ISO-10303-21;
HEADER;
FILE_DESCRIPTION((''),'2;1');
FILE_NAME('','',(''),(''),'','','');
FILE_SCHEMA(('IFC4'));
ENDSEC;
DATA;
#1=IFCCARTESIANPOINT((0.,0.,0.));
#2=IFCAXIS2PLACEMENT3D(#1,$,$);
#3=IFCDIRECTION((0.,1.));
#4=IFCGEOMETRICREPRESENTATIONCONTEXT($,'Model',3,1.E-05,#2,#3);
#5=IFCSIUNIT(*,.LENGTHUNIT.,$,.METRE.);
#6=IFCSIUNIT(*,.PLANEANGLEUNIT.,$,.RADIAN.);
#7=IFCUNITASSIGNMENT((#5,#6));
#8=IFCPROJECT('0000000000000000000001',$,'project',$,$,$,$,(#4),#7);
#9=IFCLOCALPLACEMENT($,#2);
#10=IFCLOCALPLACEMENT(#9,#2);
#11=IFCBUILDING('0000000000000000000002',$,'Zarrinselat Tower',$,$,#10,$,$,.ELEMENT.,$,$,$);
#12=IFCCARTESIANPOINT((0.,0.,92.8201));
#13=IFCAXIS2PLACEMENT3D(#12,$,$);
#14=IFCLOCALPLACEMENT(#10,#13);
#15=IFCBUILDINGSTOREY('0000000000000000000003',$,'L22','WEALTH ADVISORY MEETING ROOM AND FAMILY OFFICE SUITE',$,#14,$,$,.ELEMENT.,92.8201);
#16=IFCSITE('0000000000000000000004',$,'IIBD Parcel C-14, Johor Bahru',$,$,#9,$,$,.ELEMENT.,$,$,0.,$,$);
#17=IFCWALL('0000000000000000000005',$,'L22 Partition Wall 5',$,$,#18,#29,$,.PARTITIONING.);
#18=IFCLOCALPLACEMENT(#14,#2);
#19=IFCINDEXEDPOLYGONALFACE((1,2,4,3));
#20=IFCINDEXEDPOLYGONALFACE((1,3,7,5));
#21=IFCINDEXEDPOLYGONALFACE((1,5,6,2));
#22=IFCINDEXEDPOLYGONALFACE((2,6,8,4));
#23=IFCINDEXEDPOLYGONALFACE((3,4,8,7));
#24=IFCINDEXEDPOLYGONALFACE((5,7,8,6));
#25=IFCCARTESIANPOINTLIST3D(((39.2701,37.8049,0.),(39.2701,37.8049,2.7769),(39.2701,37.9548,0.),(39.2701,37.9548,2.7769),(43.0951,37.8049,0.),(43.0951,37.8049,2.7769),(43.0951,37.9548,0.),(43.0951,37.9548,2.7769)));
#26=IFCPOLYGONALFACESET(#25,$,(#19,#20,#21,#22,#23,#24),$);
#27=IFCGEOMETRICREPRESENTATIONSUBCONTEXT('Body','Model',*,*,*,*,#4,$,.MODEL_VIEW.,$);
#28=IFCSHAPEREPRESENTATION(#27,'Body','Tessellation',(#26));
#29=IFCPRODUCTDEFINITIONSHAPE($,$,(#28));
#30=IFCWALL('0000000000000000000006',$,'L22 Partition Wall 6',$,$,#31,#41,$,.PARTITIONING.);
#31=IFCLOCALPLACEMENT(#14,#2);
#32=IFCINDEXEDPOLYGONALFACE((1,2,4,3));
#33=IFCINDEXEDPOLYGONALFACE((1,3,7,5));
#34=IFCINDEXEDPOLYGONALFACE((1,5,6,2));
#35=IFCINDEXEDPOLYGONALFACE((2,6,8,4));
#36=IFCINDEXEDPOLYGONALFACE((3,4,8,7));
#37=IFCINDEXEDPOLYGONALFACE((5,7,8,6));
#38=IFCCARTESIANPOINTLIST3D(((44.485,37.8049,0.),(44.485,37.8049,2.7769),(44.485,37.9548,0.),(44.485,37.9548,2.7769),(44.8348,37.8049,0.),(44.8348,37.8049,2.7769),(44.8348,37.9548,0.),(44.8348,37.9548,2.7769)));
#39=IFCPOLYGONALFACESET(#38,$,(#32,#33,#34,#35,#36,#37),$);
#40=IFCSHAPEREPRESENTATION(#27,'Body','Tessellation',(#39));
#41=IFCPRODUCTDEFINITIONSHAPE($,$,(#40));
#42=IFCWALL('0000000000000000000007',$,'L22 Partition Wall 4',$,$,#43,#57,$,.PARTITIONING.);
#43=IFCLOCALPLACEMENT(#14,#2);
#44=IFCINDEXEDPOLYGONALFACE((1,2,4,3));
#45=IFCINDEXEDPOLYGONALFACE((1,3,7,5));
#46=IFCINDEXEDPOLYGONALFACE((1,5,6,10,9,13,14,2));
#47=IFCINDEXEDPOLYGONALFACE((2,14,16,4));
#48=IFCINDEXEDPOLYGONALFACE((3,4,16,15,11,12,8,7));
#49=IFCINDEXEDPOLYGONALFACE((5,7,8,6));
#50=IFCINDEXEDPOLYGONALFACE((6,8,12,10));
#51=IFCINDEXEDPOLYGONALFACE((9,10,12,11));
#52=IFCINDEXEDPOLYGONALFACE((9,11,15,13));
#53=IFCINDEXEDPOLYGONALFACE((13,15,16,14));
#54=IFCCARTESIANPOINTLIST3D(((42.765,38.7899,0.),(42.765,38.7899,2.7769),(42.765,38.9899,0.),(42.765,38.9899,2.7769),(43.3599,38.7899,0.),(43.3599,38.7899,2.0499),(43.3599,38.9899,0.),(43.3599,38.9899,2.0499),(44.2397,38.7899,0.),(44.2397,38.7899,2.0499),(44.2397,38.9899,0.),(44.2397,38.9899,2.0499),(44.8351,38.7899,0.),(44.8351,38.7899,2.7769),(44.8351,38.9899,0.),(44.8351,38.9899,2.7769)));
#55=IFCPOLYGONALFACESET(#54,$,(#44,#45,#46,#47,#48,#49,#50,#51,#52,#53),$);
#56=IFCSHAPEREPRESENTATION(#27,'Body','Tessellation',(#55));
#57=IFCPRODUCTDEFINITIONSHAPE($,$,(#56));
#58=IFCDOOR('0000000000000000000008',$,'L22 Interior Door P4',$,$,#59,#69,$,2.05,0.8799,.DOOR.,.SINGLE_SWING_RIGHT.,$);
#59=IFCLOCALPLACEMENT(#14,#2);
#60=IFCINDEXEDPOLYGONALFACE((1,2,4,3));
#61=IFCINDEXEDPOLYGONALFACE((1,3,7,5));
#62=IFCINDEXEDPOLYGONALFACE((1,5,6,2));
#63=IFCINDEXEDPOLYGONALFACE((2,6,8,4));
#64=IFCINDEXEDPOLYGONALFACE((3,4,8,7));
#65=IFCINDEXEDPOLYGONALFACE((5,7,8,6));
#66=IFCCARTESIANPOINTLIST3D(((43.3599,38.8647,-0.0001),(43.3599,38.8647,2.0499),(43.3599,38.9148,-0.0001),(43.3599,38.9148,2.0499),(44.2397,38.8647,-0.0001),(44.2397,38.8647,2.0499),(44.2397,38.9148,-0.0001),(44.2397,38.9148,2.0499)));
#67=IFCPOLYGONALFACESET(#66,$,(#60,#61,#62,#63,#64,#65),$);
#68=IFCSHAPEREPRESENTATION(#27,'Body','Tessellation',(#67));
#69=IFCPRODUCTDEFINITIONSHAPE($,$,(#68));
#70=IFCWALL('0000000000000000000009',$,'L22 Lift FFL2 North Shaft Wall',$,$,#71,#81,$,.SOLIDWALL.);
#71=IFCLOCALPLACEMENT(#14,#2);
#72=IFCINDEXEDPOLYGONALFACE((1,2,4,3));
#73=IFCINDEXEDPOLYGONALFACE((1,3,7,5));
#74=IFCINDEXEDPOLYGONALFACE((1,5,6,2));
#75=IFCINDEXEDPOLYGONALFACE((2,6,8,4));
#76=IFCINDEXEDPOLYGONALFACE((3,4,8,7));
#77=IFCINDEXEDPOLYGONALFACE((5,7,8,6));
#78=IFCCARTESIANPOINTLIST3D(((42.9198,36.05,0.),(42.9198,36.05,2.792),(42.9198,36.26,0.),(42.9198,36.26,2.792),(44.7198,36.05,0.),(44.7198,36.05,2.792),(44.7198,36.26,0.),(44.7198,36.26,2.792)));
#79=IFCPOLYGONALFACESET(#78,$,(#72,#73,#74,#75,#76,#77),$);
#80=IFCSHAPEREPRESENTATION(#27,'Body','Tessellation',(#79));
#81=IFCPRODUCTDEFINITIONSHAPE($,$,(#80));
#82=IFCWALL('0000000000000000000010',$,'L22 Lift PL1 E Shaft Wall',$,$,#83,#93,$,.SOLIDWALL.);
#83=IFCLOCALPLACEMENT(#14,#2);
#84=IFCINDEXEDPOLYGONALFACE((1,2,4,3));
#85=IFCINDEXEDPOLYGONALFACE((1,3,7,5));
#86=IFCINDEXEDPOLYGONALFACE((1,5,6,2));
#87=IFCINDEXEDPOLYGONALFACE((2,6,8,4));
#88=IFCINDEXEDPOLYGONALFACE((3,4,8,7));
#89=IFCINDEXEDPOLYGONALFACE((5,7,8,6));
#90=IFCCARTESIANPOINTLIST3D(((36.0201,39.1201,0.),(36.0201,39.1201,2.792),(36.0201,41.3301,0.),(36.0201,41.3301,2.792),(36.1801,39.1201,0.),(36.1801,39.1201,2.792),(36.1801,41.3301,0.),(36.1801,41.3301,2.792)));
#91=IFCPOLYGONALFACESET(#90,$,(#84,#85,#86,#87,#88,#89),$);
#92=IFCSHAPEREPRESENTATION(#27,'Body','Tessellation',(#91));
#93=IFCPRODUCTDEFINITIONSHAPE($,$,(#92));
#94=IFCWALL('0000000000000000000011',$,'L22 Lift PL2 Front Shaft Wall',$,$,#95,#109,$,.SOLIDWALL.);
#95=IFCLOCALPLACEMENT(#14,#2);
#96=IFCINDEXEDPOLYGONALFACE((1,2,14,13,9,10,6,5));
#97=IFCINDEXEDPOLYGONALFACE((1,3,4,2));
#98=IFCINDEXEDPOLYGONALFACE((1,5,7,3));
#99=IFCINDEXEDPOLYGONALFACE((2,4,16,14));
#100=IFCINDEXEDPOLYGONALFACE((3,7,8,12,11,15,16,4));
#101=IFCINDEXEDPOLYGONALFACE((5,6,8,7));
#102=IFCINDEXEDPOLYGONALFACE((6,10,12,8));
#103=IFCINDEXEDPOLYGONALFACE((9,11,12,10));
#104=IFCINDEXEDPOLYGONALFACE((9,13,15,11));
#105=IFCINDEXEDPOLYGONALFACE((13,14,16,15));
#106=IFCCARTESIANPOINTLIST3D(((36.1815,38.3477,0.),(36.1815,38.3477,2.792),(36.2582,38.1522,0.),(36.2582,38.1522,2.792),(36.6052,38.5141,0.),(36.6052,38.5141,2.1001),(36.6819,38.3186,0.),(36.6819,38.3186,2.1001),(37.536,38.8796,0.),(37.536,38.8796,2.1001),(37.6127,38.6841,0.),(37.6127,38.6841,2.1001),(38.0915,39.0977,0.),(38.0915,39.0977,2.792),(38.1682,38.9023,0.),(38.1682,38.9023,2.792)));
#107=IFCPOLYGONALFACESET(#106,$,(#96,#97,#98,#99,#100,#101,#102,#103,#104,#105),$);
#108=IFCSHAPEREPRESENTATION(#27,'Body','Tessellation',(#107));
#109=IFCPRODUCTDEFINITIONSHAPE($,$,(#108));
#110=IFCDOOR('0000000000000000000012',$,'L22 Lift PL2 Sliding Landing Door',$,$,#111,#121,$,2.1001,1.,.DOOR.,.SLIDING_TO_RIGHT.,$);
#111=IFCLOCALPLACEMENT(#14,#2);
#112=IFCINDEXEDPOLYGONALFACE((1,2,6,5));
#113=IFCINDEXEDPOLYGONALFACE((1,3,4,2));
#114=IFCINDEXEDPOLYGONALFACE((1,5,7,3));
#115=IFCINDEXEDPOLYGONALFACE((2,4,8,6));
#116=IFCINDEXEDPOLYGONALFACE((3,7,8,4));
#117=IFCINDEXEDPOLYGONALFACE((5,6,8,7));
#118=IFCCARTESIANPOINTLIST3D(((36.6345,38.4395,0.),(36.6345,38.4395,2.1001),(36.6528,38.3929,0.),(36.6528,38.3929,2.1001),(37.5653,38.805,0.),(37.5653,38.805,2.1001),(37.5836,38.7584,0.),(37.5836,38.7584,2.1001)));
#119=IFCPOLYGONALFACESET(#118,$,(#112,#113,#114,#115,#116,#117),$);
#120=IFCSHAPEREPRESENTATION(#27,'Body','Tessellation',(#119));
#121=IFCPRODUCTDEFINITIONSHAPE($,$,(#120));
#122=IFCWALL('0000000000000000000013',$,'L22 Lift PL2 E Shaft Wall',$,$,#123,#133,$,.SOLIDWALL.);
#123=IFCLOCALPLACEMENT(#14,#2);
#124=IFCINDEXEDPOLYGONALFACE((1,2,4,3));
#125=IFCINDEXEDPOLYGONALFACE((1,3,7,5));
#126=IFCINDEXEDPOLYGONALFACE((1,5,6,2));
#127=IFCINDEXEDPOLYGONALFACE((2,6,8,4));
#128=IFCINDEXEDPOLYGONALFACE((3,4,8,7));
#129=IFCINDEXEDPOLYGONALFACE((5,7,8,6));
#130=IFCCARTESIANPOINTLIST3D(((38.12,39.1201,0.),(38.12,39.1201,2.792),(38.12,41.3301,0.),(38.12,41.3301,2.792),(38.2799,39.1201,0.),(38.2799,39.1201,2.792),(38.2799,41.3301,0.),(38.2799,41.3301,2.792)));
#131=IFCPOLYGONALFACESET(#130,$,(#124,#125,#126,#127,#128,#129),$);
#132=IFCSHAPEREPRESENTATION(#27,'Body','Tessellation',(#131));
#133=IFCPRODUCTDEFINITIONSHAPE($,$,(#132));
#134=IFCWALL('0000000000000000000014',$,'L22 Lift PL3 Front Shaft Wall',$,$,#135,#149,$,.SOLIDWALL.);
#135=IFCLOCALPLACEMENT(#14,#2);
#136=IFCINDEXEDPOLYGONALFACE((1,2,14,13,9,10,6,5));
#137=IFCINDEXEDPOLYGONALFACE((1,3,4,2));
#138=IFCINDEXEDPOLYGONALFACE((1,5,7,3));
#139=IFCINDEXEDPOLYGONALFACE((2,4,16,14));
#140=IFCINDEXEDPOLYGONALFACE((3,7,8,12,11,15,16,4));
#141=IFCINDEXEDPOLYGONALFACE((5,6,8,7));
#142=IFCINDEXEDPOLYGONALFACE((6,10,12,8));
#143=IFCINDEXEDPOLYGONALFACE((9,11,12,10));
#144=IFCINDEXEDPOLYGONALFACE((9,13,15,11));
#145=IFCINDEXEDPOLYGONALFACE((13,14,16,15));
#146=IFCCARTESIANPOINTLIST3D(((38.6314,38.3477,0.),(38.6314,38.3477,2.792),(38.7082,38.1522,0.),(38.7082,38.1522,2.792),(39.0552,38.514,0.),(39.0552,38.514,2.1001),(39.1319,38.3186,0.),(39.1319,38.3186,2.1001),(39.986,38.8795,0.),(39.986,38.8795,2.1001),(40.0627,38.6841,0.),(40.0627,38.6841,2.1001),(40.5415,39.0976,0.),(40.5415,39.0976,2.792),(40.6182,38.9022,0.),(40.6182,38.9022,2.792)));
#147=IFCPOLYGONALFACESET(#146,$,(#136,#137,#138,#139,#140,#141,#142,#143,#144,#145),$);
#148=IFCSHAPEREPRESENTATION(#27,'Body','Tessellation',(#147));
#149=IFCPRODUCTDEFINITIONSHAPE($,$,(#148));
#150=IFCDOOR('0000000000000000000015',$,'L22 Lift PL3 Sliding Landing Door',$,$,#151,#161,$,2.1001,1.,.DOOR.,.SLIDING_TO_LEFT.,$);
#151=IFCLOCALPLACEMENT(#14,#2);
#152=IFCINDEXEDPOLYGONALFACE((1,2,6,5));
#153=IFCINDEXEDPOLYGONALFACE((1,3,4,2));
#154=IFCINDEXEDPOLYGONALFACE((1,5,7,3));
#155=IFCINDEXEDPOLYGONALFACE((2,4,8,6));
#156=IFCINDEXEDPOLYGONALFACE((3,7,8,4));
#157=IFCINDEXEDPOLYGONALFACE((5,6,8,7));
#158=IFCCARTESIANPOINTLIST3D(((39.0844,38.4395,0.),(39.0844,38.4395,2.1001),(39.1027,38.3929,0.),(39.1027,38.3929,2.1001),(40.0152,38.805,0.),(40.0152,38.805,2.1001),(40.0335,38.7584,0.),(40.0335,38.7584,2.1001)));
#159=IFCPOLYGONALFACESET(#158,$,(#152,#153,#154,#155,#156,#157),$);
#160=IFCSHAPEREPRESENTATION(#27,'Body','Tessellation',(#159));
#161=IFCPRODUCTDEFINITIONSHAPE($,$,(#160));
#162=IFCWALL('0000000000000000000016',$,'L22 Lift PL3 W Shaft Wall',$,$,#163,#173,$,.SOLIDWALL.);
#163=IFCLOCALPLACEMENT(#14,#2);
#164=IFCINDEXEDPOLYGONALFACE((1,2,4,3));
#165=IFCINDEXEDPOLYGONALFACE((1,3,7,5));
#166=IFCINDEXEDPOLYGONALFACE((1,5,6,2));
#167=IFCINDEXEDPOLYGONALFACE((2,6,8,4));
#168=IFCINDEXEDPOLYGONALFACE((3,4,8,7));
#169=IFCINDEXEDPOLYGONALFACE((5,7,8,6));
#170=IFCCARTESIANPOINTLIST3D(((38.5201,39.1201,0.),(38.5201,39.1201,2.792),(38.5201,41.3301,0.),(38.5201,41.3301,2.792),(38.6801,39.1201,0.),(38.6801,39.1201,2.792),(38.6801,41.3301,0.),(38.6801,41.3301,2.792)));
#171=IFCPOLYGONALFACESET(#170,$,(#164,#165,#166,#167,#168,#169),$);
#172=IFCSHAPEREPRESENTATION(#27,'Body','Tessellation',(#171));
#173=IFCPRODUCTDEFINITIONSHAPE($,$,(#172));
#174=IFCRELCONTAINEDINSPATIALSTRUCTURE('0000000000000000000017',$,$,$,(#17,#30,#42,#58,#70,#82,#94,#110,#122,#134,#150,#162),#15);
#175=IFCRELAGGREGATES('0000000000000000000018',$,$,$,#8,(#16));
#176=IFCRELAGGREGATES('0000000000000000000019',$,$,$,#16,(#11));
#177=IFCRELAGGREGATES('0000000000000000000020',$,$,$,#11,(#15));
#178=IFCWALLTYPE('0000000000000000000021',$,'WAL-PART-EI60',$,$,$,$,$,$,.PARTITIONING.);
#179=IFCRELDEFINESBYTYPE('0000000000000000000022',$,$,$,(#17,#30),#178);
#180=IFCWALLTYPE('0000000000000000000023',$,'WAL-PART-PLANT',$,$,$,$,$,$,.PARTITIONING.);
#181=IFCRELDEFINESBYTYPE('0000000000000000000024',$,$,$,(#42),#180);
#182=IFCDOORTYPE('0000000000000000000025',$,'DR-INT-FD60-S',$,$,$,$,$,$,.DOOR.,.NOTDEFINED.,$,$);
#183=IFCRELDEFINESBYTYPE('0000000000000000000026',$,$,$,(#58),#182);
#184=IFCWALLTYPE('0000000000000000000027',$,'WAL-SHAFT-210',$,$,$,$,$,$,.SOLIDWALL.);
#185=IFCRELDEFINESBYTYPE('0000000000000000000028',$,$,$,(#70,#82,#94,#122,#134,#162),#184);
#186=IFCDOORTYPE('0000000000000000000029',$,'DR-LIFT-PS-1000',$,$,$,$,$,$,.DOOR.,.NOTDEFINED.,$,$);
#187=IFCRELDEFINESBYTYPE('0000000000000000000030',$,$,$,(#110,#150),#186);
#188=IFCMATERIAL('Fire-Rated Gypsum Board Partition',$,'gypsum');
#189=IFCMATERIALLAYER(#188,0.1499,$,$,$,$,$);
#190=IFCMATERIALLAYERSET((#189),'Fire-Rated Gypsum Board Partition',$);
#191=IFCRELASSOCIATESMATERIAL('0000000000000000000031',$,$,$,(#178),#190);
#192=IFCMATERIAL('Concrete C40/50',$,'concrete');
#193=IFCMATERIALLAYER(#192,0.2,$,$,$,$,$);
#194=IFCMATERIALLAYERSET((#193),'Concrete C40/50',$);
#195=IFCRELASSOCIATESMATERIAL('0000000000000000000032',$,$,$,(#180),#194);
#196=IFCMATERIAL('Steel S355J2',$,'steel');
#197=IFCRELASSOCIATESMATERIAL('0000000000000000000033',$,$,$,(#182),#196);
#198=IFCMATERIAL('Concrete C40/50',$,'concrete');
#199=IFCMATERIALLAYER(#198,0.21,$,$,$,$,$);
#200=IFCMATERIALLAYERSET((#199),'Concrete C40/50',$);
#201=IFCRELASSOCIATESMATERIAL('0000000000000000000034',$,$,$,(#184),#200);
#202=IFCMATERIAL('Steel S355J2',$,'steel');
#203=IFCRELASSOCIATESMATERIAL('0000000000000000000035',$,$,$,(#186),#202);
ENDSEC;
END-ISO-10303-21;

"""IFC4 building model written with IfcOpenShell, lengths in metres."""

from ifc_helpers import new_model, si_unit, direction, frame, frame_2d, origin, place, context, subcontext, project, spatial, rectangle, extrude, material, layer, layer_set, type_object, element, fill, save


model = new_model("IFC4")

# Units and contexts
model_context = context("Model", 3, precision=1e-05, world=origin(), true_north=direction((0.0, 1.0)))
body_context = subcontext(model_context, "Body", "Model", "MODEL_VIEW")
ifc_project = project(units=[si_unit("LENGTHUNIT", "METRE"), si_unit("PLANEANGLEUNIT", "RADIAN")], contexts=[model_context])

# Site, building, storey
site_placement = place(None, origin())
site = spatial("IfcSite", under=ifc_project, at=site_placement, Name="IIBD Parcel C-14, Johor Bahru", CompositionType="ELEMENT", RefElevation=0.0)
building_placement = place(site_placement, origin())
building = spatial("IfcBuilding", under=site, at=building_placement, Name="Zarrinselat Tower", CompositionType="ELEMENT")
storey_placement = place(building_placement, frame((0.0, 0.0, 92.8201)))
storey = spatial("IfcBuildingStorey", under=building, at=storey_placement, Name="L22", Description="WEALTH ADVISORY MEETING ROOM AND FAMILY OFFICE SUITE", CompositionType="ELEMENT", Elevation=92.8201)

# Walls
ifc_material_1 = material(Name="Fire-Rated Gypsum Board Partition", Category="gypsum")
ifc_layer_1 = layer(ifc_material_1, 0.1499)
ifc_layer_set_1 = layer_set([ifc_layer_1], Name="Fire-Rated Gypsum Board Partition")
wall_type_1 = type_object("IfcWallType", Name="WAL-PART-EI60", PredefinedType="PARTITIONING", material=ifc_layer_set_1)
wall_1_placement = place(storey_placement, frame((39.27, 37.8799, 0.0), z_axis=(0.0, 0.0, 1.0), x_axis=(1.0, 0.0, 0.0)))
element("IfcWall", 1, at=wall_1_placement, inside=storey, type_object=wall_type_1, Name="L22 Partition Wall 5", PredefinedType="PARTITIONING", context=body_context, shape_type="SweptSolid", body=[
    extrude(rectangle(XDim=3.825, YDim=0.1499, at=frame_2d((1.9126, 0.0))), origin(), (0.0, 0.0, 1.0), 2.7769),
])
wall_2_placement = place(storey_placement, frame((44.4851, 37.8799, 0.0), z_axis=(0.0, 0.0, 1.0), x_axis=(1.0, 0.0, 0.0)))
element("IfcWall", 2, at=wall_2_placement, inside=storey, type_object=wall_type_1, Name="L22 Partition Wall 6", PredefinedType="PARTITIONING", context=body_context, shape_type="SweptSolid", body=[
    extrude(rectangle(XDim=0.3499, YDim=0.1499, at=frame_2d((0.1748, 0.0))), origin(), (0.0, 0.0, 1.0), 2.7769),
])

# Wall, opening, door
ifc_material_2 = material(Name="Concrete C40/50", Category="concrete")
ifc_layer_2 = layer(ifc_material_2, 0.2)
ifc_layer_set_2 = layer_set([ifc_layer_2], Name="Concrete C40/50")
wall_type_2 = type_object("IfcWallType", Name="WAL-PART-PLANT", PredefinedType="PARTITIONING", material=ifc_layer_set_2)
wall_3_placement = place(storey_placement, frame((42.7649, 38.8899, 0.0), z_axis=(0.0, 0.0, 1.0), x_axis=(1.0, 0.0, 0.0)))
wall_3 = element("IfcWall", 3, at=wall_3_placement, inside=storey, type_object=wall_type_2, Name="L22 Partition Wall 4", PredefinedType="PARTITIONING", context=body_context, shape_type="SweptSolid", body=[
    extrude(rectangle(XDim=2.0701, YDim=0.2, at=frame_2d((1.0352, 0.0))), origin(), (0.0, 0.0, 1.0), 2.7769),
])
opening_1_placement = place(wall_3_placement, frame((0.595, 0.0, 0.0)))
opening_1 = element("IfcOpeningElement", 4, at=opening_1_placement, cuts=wall_3, PredefinedType="OPENING", context=body_context, shape_type="SweptSolid", body=[
    extrude(rectangle(XDim=0.8799, YDim=2.05, at=frame_2d((0.4399, 1.0249))), frame((0.0, 0.1099, 0.0), z_axis=(0.0, -1.0, 0.0), x_axis=(1.0, 0.0, 0.0)), (0.0, 0.0, 1.0), 0.22),
])
ifc_material_3 = material(Name="Steel S355J2", Category="steel")
door_type_1 = type_object("IfcDoorType", Name="DR-INT-FD60-S", OperationType="NOTDEFINED", PredefinedType="DOOR", material=ifc_material_3)
door_1_placement = place(opening_1_placement, origin())
door_1 = element("IfcDoor", 5, at=door_1_placement, inside=storey, type_object=door_type_1, Name="L22 Interior Door P4", OperationType="SINGLE_SWING_RIGHT", OverallHeight=2.05, OverallWidth=0.8799, PredefinedType="DOOR", context=body_context, shape_type="SweptSolid", body=[
    extrude(rectangle(XDim=0.8799, YDim=2.05, at=frame_2d((0.4399, 1.0249))), frame((0.0, 0.0249, 0.0), z_axis=(0.0, -1.0, 0.0), x_axis=(1.0, 0.0, 0.0)), (0.0, 0.0, 1.0), 0.05),
])
fill(opening_1, door_1)

# Walls
ifc_material_4 = material(Name="Concrete C40/50", Category="concrete")
ifc_layer_3 = layer(ifc_material_4, 0.21)
ifc_layer_set_3 = layer_set([ifc_layer_3], Name="Concrete C40/50")
wall_type_3 = type_object("IfcWallType", Name="WAL-SHAFT-210", PredefinedType="SOLIDWALL", material=ifc_layer_set_3)
wall_4_placement = place(storey_placement, frame((42.9199, 36.155, 0.0), z_axis=(0.0, 0.0, 1.0), x_axis=(1.0, 0.0, 0.0)))
element("IfcWall", 6, at=wall_4_placement, inside=storey, type_object=wall_type_3, Name="L22 Lift FFL2 North Shaft Wall", PredefinedType="SOLIDWALL", context=body_context, shape_type="SweptSolid", body=[
    extrude(rectangle(XDim=1.8, YDim=0.21, at=frame_2d((0.8999, 0.0))), origin(), (0.0, 0.0, 1.0), 2.792),
])
wall_5_placement = place(storey_placement, frame((36.1001, 39.1201, 0.0), z_axis=(0.0, 0.0, 1.0), x_axis=(0.0, 1.0, 0.0)))
element("IfcWall", 7, at=wall_5_placement, inside=storey, type_object=wall_type_3, Name="L22 Lift PL1 E Shaft Wall", PredefinedType="SOLIDWALL", context=body_context, shape_type="SweptSolid", body=[
    extrude(rectangle(XDim=2.21, YDim=0.1599, at=frame_2d((1.105, 0.0))), origin(), (0.0, 0.0, 1.0), 2.792),
])

# Wall, opening, door
wall_6_placement = place(storey_placement, frame((36.22, 38.25, 0.0), z_axis=(0.0, 0.0, 1.0), x_axis=(0.930805, 0.365516, 0.0)))
wall_6 = element("IfcWall", 8, at=wall_6_placement, inside=storey, type_object=wall_type_3, Name="L22 Lift PL2 Front Shaft Wall", PredefinedType="SOLIDWALL", context=body_context, shape_type="SweptSolid", body=[
    extrude(rectangle(XDim=2.052, YDim=0.21, at=frame_2d((1.0259, 0.0))), origin(), (0.0, 0.0, 1.0), 2.792),
])
opening_2_placement = place(wall_6_placement, frame((0.4551, 0.0, 0.0)))
opening_2 = element("IfcOpeningElement", 9, at=opening_2_placement, cuts=wall_6, PredefinedType="OPENING", context=body_context, shape_type="SweptSolid", body=[
    extrude(rectangle(XDim=1.0, YDim=2.1001, at=frame_2d((0.5, 1.05))), frame((0.0, 0.115, 0.0), z_axis=(0.0, -1.0, 0.0), x_axis=(1.0, 0.0, 0.0)), (0.0, 0.0, 1.0), 0.23),
])
ifc_material_5 = material(Name="Steel S355J2", Category="steel")
door_type_2 = type_object("IfcDoorType", Name="DR-LIFT-PS-1000", OperationType="NOTDEFINED", PredefinedType="DOOR", material=ifc_material_5)
door_2_placement = place(opening_2_placement, origin())
door_2 = element("IfcDoor", 10, at=door_2_placement, inside=storey, type_object=door_type_2, Name="L22 Lift PL2 Sliding Landing Door", OperationType="SLIDING_TO_RIGHT", OverallHeight=2.1001, OverallWidth=1.0, PredefinedType="DOOR", context=body_context, shape_type="SweptSolid", body=[
    extrude(rectangle(XDim=1.0, YDim=2.1001, at=frame_2d((0.5, 1.05))), frame((0.0, 0.0249, 0.0), z_axis=(0.0, -1.0, 0.0), x_axis=(1.0, 0.0, 0.0)), (0.0, 0.0, 1.0), 0.05),
])
fill(opening_2, door_2)

# Wall
wall_7_placement = place(storey_placement, frame((38.2, 39.1201, 0.0), z_axis=(0.0, 0.0, 1.0), x_axis=(0.0, 1.0, 0.0)))
element("IfcWall", 11, at=wall_7_placement, inside=storey, type_object=wall_type_3, Name="L22 Lift PL2 E Shaft Wall", PredefinedType="SOLIDWALL", context=body_context, shape_type="SweptSolid", body=[
    extrude(rectangle(XDim=2.21, YDim=0.1599, at=frame_2d((1.105, 0.0))), origin(), (0.0, 0.0, 1.0), 2.792),
])

# Wall, opening, door
wall_8_placement = place(storey_placement, frame((38.6699, 38.25, 0.0), z_axis=(0.0, 0.0, 1.0), x_axis=(0.930821, 0.365476, 0.0)))
wall_8 = element("IfcWall", 12, at=wall_8_placement, inside=storey, type_object=wall_type_3, Name="L22 Lift PL3 Front Shaft Wall", PredefinedType="SOLIDWALL", context=body_context, shape_type="SweptSolid", body=[
    extrude(rectangle(XDim=2.052, YDim=0.21, at=frame_2d((1.0259, 0.0))), origin(), (0.0, 0.0, 1.0), 2.792),
])
opening_3_placement = place(wall_8_placement, frame((0.4551, 0.0, 0.0)))
opening_3 = element("IfcOpeningElement", 13, at=opening_3_placement, cuts=wall_8, PredefinedType="OPENING", context=body_context, shape_type="SweptSolid", body=[
    extrude(rectangle(XDim=1.0, YDim=2.1001, at=frame_2d((0.5, 1.05))), frame((0.0, 0.115, 0.0), z_axis=(0.0, -1.0, 0.0), x_axis=(1.0, 0.0, 0.0)), (0.0, 0.0, 1.0), 0.23),
])
door_3_placement = place(opening_3_placement, origin())
door_3 = element("IfcDoor", 14, at=door_3_placement, inside=storey, type_object=door_type_2, Name="L22 Lift PL3 Sliding Landing Door", OperationType="SLIDING_TO_LEFT", OverallHeight=2.1001, OverallWidth=1.0, PredefinedType="DOOR", context=body_context, shape_type="SweptSolid", body=[
    extrude(rectangle(XDim=1.0, YDim=2.1001, at=frame_2d((0.5, 1.05))), frame((0.0, 0.0249, 0.0), z_axis=(0.0, -1.0, 0.0), x_axis=(1.0, 0.0, 0.0)), (0.0, 0.0, 1.0), 0.05),
])
fill(opening_3, door_3)

# Wall
for number, where, z_axis, x_axis, name in (
    (15, (38.6001, 39.1201, 0.0), (0.0, 0.0, 1.0), (0.0, 1.0, 0.0), "L22 Lift PL3 W Shaft Wall"),
):
    element("IfcWall", number, at=place(storey_placement, frame(where, z_axis=z_axis, x_axis=x_axis)), inside=storey, type_object=wall_type_3, Name=name, PredefinedType="SOLIDWALL", context=body_context, shape_type="SweptSolid", body=[
        extrude(rectangle(XDim=2.21, YDim=0.1599, at=frame_2d((1.105, 0.0))), origin(), (0.0, 0.0, 1.0), 2.792),
    ])

save(model, "model.ifc")
